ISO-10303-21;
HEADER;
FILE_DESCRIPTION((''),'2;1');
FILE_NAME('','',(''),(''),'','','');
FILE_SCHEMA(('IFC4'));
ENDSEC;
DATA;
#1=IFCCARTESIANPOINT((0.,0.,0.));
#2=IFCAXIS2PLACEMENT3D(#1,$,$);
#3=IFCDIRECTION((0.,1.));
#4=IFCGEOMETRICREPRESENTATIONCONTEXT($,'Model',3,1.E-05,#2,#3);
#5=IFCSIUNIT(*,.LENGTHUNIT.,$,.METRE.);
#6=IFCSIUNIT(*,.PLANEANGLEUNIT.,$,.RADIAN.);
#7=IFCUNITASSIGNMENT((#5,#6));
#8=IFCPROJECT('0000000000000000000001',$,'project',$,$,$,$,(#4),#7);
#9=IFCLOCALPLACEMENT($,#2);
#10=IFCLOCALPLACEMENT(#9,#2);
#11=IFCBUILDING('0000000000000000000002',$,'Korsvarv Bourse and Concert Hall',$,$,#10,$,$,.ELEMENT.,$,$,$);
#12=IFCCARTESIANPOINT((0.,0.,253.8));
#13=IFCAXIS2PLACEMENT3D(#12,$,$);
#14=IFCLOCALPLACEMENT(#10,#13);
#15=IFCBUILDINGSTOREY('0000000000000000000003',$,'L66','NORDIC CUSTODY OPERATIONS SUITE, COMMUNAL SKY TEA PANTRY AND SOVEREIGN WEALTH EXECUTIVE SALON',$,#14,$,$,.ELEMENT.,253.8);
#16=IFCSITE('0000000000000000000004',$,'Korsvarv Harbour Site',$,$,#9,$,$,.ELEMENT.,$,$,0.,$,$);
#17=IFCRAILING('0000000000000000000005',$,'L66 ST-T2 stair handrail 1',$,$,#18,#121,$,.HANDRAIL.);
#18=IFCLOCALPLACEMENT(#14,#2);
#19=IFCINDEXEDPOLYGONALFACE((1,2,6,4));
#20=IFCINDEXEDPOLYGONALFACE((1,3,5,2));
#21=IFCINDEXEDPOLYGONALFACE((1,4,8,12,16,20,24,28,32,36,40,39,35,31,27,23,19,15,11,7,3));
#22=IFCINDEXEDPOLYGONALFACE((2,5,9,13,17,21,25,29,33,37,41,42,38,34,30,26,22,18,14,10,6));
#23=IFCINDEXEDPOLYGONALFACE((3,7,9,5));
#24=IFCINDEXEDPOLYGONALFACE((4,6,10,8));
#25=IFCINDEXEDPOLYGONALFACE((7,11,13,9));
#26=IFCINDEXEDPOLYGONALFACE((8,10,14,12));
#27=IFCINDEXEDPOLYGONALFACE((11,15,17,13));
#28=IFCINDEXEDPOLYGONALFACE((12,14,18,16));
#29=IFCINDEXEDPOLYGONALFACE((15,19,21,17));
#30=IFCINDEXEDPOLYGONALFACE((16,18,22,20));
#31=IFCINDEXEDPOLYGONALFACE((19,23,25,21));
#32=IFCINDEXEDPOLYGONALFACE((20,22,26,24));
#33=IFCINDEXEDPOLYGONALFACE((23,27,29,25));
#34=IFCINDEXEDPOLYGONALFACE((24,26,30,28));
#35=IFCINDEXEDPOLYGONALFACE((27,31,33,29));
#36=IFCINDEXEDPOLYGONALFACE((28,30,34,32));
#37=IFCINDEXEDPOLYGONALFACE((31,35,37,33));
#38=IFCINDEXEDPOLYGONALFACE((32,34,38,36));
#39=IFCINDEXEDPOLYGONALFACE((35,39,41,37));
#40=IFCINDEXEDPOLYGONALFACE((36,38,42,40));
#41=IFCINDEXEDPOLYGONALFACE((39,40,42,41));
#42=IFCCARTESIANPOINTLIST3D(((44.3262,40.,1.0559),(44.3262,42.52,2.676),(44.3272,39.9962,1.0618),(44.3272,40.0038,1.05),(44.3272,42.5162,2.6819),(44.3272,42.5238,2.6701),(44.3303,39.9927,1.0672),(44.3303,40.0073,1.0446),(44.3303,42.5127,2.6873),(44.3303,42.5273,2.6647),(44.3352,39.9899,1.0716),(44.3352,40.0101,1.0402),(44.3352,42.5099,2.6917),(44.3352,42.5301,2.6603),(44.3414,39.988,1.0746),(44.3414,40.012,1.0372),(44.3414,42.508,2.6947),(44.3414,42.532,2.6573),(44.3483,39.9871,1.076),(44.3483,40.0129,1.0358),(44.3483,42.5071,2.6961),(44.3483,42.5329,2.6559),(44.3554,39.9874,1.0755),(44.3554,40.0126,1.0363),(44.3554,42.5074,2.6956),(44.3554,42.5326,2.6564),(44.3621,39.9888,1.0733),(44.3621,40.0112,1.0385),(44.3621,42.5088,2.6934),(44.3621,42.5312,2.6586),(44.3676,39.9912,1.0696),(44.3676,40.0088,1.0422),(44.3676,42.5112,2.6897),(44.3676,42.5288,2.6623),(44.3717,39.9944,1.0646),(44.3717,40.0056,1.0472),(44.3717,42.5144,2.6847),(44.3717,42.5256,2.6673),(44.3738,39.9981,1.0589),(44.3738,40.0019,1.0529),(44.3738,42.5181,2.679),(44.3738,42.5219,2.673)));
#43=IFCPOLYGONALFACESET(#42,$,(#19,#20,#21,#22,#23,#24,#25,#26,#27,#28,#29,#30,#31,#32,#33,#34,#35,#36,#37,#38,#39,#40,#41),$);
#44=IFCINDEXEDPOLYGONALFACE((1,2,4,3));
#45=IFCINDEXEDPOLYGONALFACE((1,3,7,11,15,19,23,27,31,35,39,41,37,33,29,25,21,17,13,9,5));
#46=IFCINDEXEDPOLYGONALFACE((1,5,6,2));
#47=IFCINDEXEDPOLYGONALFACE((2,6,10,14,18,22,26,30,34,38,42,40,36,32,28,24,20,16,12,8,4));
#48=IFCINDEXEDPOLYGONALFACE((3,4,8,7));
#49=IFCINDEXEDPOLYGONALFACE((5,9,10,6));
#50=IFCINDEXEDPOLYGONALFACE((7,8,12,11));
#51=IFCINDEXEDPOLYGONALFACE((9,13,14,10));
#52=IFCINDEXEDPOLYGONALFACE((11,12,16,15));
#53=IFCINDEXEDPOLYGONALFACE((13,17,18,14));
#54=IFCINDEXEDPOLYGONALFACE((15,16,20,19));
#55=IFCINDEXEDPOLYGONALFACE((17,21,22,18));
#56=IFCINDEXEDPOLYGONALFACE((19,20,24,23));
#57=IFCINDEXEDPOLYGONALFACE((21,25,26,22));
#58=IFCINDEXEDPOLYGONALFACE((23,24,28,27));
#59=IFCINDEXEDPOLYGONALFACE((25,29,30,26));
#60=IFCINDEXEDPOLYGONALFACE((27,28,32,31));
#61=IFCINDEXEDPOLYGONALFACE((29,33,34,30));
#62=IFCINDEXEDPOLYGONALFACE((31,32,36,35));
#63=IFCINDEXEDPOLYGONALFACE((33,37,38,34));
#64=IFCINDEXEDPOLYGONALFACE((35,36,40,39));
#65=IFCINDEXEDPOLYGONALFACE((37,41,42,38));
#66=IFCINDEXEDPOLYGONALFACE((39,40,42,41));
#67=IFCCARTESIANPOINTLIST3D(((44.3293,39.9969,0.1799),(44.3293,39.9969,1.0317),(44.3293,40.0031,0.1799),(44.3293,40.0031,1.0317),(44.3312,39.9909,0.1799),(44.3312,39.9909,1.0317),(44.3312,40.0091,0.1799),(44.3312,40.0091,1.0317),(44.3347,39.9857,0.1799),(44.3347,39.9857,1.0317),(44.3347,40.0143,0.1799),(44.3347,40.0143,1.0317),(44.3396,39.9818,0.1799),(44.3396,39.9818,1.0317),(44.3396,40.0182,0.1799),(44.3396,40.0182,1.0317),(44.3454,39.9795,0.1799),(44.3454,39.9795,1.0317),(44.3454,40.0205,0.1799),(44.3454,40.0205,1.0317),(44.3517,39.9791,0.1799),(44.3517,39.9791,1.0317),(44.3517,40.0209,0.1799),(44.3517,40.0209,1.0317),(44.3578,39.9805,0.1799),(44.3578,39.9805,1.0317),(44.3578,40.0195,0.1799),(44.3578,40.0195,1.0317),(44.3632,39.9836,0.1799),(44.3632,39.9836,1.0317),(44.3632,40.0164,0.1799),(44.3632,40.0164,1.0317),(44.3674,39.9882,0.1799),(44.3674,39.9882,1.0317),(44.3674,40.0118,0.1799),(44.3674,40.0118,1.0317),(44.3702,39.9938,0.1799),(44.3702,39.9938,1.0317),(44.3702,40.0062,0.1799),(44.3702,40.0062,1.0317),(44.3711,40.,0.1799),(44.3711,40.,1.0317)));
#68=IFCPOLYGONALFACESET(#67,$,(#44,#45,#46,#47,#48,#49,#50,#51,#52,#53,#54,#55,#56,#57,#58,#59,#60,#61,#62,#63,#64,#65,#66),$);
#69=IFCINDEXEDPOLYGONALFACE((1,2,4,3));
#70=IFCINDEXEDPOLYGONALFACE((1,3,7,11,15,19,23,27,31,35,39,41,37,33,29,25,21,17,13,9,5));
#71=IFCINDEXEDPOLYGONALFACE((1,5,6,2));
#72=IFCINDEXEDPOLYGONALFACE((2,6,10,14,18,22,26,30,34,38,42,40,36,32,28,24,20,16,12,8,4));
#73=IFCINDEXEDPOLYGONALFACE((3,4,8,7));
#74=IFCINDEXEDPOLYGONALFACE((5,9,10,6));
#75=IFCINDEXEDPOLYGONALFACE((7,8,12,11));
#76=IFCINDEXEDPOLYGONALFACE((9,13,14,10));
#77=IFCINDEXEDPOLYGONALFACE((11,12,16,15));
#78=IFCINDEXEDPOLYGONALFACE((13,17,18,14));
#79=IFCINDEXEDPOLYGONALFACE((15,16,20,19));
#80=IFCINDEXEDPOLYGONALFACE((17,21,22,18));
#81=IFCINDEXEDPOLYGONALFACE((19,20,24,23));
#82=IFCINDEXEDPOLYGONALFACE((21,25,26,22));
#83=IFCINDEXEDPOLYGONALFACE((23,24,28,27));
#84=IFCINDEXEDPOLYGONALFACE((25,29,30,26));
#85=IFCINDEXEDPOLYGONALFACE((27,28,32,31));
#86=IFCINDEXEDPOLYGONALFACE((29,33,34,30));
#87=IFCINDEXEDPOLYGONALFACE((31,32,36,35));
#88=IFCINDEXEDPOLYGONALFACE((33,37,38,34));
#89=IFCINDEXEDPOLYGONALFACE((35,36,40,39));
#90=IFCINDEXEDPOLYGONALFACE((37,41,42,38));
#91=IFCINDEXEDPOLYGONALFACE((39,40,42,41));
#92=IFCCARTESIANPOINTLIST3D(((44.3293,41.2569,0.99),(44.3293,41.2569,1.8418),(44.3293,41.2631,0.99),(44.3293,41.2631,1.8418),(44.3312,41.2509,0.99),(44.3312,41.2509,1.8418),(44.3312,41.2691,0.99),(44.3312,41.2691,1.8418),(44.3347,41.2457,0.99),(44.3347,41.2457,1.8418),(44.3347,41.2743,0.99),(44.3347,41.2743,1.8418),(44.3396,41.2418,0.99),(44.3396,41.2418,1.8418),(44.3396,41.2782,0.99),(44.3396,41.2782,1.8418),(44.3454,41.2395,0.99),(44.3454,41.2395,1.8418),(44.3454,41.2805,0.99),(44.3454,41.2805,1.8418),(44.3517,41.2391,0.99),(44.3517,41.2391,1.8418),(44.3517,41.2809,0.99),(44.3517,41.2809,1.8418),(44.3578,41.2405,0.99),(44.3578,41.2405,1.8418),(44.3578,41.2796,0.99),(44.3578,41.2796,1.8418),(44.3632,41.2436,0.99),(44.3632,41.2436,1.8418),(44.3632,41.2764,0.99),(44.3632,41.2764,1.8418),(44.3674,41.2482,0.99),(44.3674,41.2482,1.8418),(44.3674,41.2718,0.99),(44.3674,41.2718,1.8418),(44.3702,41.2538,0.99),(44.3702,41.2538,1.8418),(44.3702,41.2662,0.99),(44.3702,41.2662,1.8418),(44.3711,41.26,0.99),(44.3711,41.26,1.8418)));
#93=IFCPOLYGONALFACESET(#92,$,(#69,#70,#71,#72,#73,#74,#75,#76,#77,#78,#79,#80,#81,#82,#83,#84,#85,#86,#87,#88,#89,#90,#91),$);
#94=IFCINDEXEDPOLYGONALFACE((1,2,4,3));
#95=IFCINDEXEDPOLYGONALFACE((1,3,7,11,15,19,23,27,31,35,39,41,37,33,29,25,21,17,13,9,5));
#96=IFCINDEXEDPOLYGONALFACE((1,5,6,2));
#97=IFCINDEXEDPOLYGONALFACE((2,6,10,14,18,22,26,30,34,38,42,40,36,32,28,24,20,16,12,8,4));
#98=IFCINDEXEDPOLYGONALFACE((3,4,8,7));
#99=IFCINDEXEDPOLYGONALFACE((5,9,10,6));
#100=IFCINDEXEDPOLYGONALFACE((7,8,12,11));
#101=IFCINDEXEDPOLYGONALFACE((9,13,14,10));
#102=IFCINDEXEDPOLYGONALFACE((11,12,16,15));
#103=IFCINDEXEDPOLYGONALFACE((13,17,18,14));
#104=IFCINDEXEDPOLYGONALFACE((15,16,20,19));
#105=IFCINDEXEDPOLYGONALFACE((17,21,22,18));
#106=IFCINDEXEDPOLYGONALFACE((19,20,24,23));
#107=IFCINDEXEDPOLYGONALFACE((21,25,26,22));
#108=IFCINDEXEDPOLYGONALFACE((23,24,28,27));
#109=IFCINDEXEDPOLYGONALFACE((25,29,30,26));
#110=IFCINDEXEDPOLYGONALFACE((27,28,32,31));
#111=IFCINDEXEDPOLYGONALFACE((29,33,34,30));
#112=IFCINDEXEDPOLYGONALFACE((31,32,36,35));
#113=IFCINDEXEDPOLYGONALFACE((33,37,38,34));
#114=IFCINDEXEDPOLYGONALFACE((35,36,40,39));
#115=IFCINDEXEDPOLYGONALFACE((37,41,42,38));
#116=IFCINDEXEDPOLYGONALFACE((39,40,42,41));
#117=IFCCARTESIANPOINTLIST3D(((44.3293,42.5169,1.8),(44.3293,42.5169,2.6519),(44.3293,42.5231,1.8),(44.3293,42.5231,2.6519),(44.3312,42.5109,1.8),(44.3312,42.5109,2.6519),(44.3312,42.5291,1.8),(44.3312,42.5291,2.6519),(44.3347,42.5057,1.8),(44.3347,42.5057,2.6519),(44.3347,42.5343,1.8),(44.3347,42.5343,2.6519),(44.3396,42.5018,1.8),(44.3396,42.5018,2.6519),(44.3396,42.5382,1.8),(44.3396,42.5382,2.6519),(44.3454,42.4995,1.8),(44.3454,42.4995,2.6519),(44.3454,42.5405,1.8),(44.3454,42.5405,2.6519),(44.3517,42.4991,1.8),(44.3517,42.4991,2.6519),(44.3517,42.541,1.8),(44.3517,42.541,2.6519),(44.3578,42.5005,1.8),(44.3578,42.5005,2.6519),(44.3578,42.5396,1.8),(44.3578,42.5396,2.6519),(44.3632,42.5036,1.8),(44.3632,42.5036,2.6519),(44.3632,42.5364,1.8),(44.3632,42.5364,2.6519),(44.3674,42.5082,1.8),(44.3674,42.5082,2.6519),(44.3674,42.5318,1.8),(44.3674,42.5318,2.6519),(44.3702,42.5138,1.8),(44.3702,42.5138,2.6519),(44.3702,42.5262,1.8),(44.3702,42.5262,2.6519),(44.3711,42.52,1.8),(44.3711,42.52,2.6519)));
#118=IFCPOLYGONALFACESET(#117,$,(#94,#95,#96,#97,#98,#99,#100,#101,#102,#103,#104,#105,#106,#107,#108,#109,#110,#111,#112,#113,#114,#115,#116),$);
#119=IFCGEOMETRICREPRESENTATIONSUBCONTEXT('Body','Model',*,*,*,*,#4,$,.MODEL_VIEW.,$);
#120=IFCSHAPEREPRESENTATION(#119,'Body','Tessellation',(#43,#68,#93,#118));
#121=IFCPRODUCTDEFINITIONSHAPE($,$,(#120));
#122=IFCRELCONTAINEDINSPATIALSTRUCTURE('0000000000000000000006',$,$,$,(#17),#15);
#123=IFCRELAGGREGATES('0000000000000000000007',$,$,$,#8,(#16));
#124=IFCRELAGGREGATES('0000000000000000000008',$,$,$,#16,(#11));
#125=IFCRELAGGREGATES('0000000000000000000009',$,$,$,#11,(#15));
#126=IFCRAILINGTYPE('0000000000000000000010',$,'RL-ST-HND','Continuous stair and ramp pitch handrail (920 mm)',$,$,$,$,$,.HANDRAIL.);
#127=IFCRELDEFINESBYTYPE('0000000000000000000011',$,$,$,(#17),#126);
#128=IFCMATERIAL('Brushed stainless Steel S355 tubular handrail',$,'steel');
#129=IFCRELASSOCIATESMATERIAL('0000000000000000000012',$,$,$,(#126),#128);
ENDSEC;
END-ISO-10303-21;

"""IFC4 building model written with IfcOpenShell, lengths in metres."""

from ifc_helpers import new_model, si_unit, direction, frame, origin, origin_2d, place, context, subcontext, project, spatial, circle, extrude, material, type_object, element, save


model = new_model("IFC4")

# Units and contexts
model_context = context("Model", 3, precision=1e-05, world=origin(), true_north=direction((0.0, 1.0)))
body_context = subcontext(model_context, "Body", "Model", "MODEL_VIEW")
ifc_project = project(units=[si_unit("LENGTHUNIT", "METRE"), si_unit("PLANEANGLEUNIT", "RADIAN")], contexts=[model_context])

# Site, building, storey
site_placement = place(None, origin())
site = spatial("IfcSite", under=ifc_project, at=site_placement, Name="Korsvarv Harbour Site", CompositionType="ELEMENT", RefElevation=0.0)
building_placement = place(site_placement, origin())
building = spatial("IfcBuilding", under=site, at=building_placement, Name="Korsvarv Bourse and Concert Hall", CompositionType="ELEMENT")
storey_placement = place(building_placement, frame((0.0, 0.0, 253.8)))
storey = spatial("IfcBuildingStorey", under=building, at=storey_placement, Name="L66", Description="NORDIC CUSTODY OPERATIONS SUITE, COMMUNAL SKY TEA PANTRY AND SOVEREIGN WEALTH EXECUTIVE SALON", CompositionType="ELEMENT", Elevation=253.8)

# Railing
ifc_material_1 = material(Name="Brushed stainless Steel S355 tubular handrail", Category="steel")
railing_type_1 = type_object("IfcRailingType", Name="RL-ST-HND", Description="Continuous stair and ramp pitch handrail (920 mm)", PredefinedType="HANDRAIL", material=ifc_material_1)
railing_1_placement = place(storey_placement, frame((44.3501, 40.0, 0.1799)))
element("IfcRailing", 1, at=railing_1_placement, inside=storey, type_object=railing_type_1, Name="L66 ST-T2 stair handrail 1", PredefinedType="HANDRAIL", context=body_context, shape_type="SweptSolid", body=[
    extrude(circle(Radius=0.0239, at=origin_2d()), frame((0.0, 0.0, 0.876), z_axis=(0.0, 0.841163, 0.540782), x_axis=(-1.0, 0.0, 0.0)), (0.0, 0.0, 1.0), 2.9958),
    extrude(circle(Radius=0.021, at=origin_2d()), origin(), (0.0, 0.0, 1.0), 0.8518),
    extrude(circle(Radius=0.021, at=origin_2d()), frame((0.0, 1.26, 0.8101)), (0.0, 0.0, 1.0), 0.8518),
    extrude(circle(Radius=0.021, at=origin_2d()), frame((0.0, 2.52, 1.6201)), (0.0, 0.0, 1.0), 0.8518),
])

save(model, "model.ifc")
